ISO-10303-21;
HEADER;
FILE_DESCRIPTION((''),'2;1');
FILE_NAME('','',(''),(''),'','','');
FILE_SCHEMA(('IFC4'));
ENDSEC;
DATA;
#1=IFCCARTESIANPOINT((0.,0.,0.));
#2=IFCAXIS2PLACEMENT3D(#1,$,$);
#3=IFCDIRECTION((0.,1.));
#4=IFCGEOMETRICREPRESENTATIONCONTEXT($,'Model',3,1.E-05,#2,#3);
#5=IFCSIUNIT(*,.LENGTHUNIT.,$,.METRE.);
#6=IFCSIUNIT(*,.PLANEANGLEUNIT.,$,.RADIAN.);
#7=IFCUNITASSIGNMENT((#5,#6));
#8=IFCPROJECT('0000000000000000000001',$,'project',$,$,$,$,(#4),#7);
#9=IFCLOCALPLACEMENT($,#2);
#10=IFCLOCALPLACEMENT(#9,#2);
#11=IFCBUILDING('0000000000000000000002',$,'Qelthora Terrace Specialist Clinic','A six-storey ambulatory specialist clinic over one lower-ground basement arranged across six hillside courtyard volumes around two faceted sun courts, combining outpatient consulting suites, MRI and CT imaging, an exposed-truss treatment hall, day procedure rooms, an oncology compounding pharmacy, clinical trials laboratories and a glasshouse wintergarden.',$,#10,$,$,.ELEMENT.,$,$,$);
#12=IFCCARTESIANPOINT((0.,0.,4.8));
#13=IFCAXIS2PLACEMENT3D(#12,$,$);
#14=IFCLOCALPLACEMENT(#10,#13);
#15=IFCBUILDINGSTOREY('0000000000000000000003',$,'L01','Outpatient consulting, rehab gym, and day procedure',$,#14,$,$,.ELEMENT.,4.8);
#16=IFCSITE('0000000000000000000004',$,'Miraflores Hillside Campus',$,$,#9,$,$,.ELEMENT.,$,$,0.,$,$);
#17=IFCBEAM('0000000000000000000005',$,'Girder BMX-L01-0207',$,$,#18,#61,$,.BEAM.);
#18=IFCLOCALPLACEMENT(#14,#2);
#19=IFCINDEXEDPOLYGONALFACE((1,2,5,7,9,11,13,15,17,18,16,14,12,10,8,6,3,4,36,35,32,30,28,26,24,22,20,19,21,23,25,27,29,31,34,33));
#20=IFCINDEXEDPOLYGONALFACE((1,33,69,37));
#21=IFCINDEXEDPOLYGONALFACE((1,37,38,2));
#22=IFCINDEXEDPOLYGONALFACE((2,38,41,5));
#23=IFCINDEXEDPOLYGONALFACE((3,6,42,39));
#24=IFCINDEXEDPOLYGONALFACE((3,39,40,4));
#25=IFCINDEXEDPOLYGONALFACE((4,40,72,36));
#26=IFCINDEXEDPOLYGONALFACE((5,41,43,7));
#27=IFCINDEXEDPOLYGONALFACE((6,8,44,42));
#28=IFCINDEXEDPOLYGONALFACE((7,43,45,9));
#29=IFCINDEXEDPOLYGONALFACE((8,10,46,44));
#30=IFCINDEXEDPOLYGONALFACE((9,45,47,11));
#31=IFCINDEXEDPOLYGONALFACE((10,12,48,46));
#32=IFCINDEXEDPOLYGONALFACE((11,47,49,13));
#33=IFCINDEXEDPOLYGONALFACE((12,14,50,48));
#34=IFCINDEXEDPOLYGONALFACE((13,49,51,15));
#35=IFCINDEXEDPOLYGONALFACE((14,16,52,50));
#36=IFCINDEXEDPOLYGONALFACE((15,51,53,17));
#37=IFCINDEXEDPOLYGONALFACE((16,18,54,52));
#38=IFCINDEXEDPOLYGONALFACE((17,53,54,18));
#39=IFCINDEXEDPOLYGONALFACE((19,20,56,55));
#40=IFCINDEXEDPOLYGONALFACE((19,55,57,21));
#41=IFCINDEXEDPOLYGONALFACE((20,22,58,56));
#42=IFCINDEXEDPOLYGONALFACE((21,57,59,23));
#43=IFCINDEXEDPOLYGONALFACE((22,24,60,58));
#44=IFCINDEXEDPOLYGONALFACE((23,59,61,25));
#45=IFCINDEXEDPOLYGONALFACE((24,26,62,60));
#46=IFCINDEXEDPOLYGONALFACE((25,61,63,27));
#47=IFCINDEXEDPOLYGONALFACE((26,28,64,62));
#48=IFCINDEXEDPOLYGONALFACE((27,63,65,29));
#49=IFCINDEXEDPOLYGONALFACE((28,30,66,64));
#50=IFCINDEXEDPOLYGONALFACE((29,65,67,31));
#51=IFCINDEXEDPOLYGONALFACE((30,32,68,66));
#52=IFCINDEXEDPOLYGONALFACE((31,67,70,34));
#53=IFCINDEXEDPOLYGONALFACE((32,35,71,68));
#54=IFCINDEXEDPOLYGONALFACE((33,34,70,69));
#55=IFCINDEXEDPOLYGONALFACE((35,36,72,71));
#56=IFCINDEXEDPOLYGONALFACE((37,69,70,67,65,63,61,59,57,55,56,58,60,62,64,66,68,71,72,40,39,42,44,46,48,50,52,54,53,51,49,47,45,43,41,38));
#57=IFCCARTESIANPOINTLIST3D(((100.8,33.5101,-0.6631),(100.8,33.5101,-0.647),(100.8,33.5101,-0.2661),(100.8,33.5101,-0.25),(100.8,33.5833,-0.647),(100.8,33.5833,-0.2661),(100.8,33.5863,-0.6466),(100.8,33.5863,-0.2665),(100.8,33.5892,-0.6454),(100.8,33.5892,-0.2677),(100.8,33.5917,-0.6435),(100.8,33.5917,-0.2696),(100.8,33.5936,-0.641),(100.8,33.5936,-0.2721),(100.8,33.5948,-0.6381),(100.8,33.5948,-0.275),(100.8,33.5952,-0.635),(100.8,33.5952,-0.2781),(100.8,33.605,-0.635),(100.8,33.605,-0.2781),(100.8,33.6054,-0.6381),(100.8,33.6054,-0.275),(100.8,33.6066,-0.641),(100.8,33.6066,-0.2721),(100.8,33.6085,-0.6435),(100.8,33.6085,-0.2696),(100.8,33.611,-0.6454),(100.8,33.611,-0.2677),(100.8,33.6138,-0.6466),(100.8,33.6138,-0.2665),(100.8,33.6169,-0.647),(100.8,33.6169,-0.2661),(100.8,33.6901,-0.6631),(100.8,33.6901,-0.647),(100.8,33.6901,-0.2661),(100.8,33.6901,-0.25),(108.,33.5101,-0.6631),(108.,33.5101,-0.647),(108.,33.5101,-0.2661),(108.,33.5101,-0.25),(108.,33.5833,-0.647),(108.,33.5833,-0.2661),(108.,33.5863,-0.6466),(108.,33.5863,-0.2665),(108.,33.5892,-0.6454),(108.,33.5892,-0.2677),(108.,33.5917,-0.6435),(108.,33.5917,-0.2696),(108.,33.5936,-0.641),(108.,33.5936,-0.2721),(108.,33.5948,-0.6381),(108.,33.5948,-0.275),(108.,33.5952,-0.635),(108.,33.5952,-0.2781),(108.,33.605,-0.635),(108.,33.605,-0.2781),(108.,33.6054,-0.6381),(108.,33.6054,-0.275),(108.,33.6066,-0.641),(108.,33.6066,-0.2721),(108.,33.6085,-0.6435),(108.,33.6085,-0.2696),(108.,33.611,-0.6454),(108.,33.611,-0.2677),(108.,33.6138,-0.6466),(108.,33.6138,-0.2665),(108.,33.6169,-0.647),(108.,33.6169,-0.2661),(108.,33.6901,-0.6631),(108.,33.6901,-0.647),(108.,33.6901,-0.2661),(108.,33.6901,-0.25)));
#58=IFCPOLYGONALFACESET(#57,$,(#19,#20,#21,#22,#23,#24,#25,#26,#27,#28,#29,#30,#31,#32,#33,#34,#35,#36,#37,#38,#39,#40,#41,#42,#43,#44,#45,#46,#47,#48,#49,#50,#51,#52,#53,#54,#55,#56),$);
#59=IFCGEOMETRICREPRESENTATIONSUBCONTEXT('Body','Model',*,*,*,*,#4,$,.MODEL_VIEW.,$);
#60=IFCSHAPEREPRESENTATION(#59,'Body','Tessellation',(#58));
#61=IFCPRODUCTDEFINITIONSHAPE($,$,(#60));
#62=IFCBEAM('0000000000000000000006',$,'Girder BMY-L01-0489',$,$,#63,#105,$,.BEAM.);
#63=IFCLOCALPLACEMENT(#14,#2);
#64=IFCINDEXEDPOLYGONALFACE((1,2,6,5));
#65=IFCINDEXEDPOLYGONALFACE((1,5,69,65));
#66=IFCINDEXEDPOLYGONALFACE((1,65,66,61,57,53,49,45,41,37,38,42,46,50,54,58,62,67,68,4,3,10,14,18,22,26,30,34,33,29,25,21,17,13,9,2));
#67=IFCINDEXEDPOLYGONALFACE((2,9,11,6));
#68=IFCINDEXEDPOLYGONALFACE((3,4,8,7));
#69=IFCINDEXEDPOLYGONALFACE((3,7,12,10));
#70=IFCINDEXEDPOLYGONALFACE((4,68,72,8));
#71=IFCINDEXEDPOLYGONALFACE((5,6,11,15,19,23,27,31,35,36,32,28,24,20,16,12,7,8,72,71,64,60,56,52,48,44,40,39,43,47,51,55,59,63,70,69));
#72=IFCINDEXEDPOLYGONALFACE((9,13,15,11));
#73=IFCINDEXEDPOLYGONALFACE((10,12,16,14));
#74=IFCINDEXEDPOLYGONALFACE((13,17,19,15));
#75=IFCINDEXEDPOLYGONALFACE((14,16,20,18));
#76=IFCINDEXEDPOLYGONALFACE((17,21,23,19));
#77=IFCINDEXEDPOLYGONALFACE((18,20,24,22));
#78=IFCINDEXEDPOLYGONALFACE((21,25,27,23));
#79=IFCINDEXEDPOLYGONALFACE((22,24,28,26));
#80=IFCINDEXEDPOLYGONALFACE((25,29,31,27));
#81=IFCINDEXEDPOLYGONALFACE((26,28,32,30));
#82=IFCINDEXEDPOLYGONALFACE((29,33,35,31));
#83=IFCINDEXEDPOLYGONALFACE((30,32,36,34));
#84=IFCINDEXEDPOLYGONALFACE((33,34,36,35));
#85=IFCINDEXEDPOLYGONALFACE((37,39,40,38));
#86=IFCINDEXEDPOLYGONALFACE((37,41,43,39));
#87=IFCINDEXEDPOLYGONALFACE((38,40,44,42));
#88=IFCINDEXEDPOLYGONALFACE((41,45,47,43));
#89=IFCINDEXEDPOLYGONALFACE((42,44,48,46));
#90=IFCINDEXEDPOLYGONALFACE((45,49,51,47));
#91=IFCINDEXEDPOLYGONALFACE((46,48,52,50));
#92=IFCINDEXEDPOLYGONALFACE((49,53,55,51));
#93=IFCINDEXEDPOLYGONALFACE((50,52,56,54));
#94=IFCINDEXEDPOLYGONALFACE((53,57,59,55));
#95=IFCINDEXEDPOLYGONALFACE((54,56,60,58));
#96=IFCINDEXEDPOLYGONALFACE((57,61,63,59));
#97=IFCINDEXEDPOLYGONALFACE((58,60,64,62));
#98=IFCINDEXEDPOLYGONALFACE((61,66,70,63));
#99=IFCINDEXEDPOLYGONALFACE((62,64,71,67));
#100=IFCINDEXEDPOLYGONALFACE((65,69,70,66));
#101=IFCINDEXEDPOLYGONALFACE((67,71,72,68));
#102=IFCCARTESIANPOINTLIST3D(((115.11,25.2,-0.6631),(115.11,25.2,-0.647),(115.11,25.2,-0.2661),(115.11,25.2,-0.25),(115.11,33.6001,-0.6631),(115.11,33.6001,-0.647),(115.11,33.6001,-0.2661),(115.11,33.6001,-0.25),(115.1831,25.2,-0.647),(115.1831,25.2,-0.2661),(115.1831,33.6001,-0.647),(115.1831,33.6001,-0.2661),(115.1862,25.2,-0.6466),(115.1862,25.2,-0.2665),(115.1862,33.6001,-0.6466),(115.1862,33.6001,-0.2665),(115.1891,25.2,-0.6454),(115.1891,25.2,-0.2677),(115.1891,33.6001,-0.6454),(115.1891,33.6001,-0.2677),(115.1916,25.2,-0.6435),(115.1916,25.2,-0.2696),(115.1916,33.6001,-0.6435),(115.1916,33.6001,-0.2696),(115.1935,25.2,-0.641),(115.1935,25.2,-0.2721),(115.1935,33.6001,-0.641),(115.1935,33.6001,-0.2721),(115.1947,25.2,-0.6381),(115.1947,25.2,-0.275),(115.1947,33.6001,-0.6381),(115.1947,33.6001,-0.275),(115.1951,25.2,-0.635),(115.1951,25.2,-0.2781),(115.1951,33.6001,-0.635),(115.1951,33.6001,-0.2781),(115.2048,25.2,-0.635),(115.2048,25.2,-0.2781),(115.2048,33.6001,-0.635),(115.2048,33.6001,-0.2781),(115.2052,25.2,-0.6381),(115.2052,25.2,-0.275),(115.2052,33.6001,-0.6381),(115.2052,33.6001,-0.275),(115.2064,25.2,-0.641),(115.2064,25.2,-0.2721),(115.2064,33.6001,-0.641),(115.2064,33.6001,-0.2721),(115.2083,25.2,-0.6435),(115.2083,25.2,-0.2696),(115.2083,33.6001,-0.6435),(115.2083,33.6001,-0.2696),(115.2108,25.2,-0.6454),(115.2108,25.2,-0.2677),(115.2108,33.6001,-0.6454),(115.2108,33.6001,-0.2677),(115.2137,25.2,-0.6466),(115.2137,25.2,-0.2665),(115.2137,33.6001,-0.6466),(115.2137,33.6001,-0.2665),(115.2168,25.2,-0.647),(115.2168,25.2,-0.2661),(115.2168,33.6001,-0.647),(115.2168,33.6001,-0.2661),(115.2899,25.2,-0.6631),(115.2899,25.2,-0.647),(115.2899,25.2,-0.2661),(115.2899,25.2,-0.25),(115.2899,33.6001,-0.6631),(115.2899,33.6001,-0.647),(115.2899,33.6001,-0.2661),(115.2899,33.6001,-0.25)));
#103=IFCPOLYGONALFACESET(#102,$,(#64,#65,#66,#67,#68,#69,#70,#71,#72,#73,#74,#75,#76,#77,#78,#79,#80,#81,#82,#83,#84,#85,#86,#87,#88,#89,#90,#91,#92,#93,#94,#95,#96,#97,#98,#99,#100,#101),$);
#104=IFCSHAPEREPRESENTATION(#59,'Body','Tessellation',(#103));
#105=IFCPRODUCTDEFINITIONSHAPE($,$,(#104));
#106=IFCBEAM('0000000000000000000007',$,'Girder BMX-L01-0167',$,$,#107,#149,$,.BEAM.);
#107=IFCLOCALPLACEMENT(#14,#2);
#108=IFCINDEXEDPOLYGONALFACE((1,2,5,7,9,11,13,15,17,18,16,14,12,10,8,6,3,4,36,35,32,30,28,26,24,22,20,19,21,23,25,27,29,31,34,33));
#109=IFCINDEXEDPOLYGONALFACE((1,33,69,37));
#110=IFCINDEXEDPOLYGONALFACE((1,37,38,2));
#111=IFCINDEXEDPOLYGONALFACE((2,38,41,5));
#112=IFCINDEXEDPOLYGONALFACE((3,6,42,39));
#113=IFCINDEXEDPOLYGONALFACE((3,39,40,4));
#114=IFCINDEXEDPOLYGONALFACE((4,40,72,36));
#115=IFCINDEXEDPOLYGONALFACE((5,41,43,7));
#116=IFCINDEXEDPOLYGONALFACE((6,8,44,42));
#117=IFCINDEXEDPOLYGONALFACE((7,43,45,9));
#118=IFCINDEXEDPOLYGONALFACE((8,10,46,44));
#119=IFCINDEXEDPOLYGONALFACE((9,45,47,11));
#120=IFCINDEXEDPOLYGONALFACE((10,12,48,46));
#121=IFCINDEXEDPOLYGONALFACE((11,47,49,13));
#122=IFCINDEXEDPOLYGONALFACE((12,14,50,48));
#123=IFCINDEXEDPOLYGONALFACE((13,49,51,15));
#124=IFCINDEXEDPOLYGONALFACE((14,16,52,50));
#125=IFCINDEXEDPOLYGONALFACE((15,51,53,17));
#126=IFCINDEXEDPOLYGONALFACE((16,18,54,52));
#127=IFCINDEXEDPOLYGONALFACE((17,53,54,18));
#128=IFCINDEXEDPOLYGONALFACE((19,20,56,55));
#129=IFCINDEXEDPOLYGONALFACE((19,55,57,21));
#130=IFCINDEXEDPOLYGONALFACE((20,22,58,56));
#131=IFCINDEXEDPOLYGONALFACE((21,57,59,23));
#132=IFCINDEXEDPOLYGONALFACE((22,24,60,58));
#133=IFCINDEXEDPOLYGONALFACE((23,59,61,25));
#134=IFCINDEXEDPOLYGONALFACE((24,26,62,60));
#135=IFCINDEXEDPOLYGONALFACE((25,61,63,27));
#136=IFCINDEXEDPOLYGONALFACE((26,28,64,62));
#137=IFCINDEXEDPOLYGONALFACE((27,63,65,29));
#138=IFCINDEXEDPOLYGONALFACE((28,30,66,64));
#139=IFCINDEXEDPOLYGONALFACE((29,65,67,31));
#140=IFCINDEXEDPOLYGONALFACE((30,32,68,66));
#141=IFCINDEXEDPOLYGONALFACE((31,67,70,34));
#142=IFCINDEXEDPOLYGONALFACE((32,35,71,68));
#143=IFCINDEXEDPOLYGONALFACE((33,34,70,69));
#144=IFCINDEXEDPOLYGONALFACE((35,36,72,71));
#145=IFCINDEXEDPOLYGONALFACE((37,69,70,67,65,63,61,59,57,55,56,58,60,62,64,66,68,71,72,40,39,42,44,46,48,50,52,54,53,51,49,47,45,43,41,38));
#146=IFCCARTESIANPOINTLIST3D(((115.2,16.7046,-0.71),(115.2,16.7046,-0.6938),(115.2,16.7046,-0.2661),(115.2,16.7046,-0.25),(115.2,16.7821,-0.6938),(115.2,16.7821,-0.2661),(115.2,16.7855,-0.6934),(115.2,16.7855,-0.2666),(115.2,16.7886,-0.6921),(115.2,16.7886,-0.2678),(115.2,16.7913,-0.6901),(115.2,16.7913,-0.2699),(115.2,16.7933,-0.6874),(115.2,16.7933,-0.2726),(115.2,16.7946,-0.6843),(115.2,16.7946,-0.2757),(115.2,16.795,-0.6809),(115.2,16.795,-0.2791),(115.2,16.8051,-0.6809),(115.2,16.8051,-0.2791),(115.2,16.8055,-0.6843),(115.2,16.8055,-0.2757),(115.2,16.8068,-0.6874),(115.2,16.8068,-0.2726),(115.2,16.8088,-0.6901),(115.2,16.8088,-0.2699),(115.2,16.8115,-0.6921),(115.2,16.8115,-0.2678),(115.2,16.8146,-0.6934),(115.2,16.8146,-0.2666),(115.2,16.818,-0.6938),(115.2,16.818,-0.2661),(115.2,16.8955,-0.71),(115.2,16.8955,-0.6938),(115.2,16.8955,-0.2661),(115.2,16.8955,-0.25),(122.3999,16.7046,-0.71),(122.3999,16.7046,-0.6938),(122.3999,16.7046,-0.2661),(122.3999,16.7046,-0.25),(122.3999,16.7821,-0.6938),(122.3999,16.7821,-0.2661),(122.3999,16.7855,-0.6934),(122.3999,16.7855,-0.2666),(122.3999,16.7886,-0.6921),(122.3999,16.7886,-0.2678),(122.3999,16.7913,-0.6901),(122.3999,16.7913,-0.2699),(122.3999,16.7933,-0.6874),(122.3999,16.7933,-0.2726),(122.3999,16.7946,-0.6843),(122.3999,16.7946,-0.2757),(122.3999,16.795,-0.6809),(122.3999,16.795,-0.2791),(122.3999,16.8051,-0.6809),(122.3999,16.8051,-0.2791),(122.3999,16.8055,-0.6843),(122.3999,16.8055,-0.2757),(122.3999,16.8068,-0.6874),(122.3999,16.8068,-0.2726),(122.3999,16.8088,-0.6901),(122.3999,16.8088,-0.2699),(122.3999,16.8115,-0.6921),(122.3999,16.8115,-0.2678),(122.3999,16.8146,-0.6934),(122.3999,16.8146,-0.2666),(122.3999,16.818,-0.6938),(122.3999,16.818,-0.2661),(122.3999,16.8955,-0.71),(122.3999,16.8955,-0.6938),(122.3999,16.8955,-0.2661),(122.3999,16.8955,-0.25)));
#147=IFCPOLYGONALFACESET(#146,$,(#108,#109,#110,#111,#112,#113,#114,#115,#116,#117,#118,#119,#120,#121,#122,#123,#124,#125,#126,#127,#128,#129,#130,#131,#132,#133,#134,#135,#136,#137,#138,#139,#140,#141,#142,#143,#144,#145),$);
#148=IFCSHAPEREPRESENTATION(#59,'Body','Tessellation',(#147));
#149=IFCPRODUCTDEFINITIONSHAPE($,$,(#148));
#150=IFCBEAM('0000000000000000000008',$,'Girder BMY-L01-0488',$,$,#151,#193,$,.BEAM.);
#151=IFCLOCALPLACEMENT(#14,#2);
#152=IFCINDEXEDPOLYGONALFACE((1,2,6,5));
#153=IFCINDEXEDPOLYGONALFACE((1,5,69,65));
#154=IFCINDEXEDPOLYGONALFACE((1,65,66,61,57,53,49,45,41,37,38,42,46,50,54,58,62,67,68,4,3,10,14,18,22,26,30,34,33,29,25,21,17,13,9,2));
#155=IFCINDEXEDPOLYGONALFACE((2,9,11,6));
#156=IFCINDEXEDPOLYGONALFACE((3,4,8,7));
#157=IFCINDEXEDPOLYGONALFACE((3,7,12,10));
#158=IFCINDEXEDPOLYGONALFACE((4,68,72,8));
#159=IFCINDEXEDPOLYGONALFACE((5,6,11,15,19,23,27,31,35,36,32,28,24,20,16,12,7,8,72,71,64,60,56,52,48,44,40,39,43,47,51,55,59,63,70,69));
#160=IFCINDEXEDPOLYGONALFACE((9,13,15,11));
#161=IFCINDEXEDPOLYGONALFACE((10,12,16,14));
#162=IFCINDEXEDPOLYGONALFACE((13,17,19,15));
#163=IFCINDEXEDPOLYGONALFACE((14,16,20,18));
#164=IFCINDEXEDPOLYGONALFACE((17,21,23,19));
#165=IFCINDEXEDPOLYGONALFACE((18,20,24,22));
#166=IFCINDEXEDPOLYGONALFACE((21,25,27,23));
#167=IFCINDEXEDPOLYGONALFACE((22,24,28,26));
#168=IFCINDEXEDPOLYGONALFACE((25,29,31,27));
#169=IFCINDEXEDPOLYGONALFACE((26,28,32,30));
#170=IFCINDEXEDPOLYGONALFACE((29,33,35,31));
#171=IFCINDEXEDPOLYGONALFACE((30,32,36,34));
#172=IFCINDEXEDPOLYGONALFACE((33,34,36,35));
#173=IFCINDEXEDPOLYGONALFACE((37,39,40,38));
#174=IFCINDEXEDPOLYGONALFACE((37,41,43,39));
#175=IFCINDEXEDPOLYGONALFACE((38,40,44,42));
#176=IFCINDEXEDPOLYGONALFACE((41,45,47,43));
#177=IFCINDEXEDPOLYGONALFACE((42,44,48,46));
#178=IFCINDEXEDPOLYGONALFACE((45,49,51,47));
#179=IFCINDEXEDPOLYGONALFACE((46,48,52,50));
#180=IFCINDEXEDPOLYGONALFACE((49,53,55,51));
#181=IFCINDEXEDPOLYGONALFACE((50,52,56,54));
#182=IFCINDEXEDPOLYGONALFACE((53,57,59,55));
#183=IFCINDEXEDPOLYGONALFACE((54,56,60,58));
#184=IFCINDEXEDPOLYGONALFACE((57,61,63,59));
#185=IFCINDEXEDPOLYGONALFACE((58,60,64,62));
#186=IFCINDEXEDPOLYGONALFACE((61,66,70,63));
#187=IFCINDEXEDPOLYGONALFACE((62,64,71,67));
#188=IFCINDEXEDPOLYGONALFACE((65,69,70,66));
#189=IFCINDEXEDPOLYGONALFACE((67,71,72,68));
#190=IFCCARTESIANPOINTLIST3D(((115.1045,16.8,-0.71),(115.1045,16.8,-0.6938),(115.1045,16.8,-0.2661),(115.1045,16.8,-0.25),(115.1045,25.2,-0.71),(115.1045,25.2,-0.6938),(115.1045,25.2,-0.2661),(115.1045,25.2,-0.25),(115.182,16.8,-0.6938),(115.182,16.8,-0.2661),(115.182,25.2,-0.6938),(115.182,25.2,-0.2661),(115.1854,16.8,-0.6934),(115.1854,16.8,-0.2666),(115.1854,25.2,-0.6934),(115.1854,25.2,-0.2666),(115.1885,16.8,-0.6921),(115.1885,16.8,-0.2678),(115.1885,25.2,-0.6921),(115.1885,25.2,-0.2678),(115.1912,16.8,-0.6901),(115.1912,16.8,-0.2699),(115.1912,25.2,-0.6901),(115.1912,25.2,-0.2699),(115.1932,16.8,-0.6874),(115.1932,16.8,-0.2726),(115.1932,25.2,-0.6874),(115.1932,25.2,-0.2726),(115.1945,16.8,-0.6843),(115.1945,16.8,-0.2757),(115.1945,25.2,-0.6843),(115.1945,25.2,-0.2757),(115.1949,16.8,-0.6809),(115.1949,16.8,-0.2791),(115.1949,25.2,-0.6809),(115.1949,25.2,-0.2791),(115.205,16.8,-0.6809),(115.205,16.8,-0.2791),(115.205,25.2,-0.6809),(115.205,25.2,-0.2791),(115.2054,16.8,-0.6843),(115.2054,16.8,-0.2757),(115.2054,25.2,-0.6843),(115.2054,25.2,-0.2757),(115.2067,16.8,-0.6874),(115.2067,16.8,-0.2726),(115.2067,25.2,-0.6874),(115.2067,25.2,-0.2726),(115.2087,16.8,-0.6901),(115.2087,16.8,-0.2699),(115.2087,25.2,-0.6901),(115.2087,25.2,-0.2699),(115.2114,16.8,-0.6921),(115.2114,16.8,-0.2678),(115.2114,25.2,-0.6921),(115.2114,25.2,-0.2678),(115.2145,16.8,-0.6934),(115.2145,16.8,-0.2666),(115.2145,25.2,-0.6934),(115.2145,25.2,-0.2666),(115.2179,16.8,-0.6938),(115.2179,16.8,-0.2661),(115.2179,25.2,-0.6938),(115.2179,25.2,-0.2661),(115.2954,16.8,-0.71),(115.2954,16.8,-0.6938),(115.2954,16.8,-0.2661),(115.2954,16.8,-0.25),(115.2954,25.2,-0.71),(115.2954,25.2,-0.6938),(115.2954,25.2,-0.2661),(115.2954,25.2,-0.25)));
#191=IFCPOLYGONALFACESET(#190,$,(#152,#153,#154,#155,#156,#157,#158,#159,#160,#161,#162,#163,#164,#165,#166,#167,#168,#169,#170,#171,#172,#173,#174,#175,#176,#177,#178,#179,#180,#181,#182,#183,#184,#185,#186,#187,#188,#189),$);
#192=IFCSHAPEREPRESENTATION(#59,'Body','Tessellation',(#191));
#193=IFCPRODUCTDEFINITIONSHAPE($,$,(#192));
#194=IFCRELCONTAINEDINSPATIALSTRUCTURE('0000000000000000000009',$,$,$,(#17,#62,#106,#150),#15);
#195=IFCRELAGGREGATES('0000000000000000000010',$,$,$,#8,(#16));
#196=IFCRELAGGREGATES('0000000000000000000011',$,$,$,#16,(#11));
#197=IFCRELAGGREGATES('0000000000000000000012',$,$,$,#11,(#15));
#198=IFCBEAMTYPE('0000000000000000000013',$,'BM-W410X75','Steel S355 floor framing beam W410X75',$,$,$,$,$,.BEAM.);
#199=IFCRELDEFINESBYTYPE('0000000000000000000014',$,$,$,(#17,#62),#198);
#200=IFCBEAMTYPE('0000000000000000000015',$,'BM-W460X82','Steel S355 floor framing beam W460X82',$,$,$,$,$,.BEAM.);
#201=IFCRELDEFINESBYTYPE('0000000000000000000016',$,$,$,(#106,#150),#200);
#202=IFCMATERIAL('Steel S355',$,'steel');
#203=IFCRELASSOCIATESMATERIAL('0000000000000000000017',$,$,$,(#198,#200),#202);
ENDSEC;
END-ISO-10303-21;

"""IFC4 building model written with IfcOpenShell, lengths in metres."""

from ifc_helpers import new_model, si_unit, direction, frame, origin, origin_2d, place, context, subcontext, project, spatial, i_section, extrude, material, material_profile, profile_set, type_object, element, save


model = new_model("IFC4")

# Units and contexts
model_context = context("Model", 3, precision=1e-05, world=origin(), true_north=direction((0.0, 1.0)))
body_context = subcontext(model_context, "Body", "Model", "MODEL_VIEW")
ifc_project = project(units=[si_unit("LENGTHUNIT", "METRE"), si_unit("PLANEANGLEUNIT", "RADIAN")], contexts=[model_context])

# Site, building, storey
site_placement = place(None, origin())
site = spatial("IfcSite", under=ifc_project, at=site_placement, Name="Miraflores Hillside Campus", CompositionType="ELEMENT", RefElevation=0.0)
building_placement = place(site_placement, origin())
building = spatial("IfcBuilding", under=site, at=building_placement, Name="Qelthora Terrace Specialist Clinic", Description="A six-storey ambulatory specialist clinic over one lower-ground basement arranged across six hillside courtyard volumes around two faceted sun courts, combining outpatient consulting suites, MRI and CT imaging, an exposed-truss treatment hall, day procedure rooms, an oncology compounding pharmacy, clinical trials laboratories and a glasshouse wintergarden.", CompositionType="ELEMENT")
storey_placement = place(building_placement, frame((0.0, 0.0, 4.8)))
storey = spatial("IfcBuildingStorey", under=building, at=storey_placement, Name="L01", Description="Outpatient consulting, rehab gym, and day procedure", CompositionType="ELEMENT", Elevation=4.8)

# Shared definitions
ifc_material_1 = material(Name="Steel S355", Category="steel")

# Beams
ifc_material_profile_1 = material_profile(ifc_material_1, i_section(OverallWidth=0.1799, OverallDepth=0.4131, WebThickness=0.0098, FlangeThickness=0.0161, FilletRadius=0.012, at=origin_2d()), Name="W410X75")
ifc_profile_set_1 = profile_set([ifc_material_profile_1], Name="Steel S355")
beam_type_1 = type_object("IfcBeamType", Name="BM-W410X75", Description="Steel S355 floor framing beam W410X75", PredefinedType="BEAM", material=ifc_profile_set_1)
beam_1_placement = place(storey_placement, frame((100.8, 33.6001, -0.4565), z_axis=(1.0, 0.0, 0.0), x_axis=(0.0, 1.0, 0.0)))
element("IfcBeam", 1, at=beam_1_placement, inside=storey, type_object=beam_type_1, Name="Girder BMX-L01-0207", PredefinedType="BEAM", context=body_context, shape_type="SweptSolid", body=[
    extrude(i_section(OverallWidth=0.1799, OverallDepth=0.4131, WebThickness=0.0098, FlangeThickness=0.0161, FilletRadius=0.012, at=origin_2d()), origin(), (0.0, 0.0, 1.0), 7.2),
])
beam_2_placement = place(storey_placement, frame((115.2, 25.2, -0.4565), z_axis=(0.0, 1.0, 0.0), x_axis=(-1.0, 0.0, 0.0)))
element("IfcBeam", 2, at=beam_2_placement, inside=storey, type_object=beam_type_1, Name="Girder BMY-L01-0489", PredefinedType="BEAM", context=body_context, shape_type="SweptSolid", body=[
    extrude(i_section(OverallWidth=0.1799, OverallDepth=0.4131, WebThickness=0.0098, FlangeThickness=0.0161, FilletRadius=0.012, at=origin_2d()), origin(), (0.0, 0.0, 1.0), 8.4001),
])
ifc_material_profile_2 = material_profile(ifc_material_1, i_section(OverallWidth=0.1909, OverallDepth=0.46, WebThickness=0.01, FlangeThickness=0.0161, FilletRadius=0.0129, at=origin_2d()), Name="W460X82")
ifc_profile_set_2 = profile_set([ifc_material_profile_2], Name="Steel S355")
beam_type_2 = type_object("IfcBeamType", Name="BM-W460X82", Description="Steel S355 floor framing beam W460X82", PredefinedType="BEAM", material=ifc_profile_set_2)
beam_3_placement = place(storey_placement, frame((115.2, 16.8, -0.48), z_axis=(1.0, 0.0, 0.0), x_axis=(0.0, 1.0, 0.0)))
element("IfcBeam", 3, at=beam_3_placement, inside=storey, type_object=beam_type_2, Name="Girder BMX-L01-0167", PredefinedType="BEAM", context=body_context, shape_type="SweptSolid", body=[
    extrude(i_section(OverallWidth=0.1909, OverallDepth=0.46, WebThickness=0.01, FlangeThickness=0.0161, FilletRadius=0.0129, at=origin_2d()), origin(), (0.0, 0.0, 1.0), 7.2),
])
beam_4_placement = place(storey_placement, frame((115.2, 16.8, -0.48), z_axis=(0.0, 1.0, 0.0), x_axis=(-1.0, 0.0, 0.0)))
element("IfcBeam", 4, at=beam_4_placement, inside=storey, type_object=beam_type_2, Name="Girder BMY-L01-0488", PredefinedType="BEAM", context=body_context, shape_type="SweptSolid", body=[
    extrude(i_section(OverallWidth=0.1909, OverallDepth=0.46, WebThickness=0.01, FlangeThickness=0.0161, FilletRadius=0.0129, at=origin_2d()), origin(), (0.0, 0.0, 1.0), 8.3999),
])

save(model, "model.ifc")
